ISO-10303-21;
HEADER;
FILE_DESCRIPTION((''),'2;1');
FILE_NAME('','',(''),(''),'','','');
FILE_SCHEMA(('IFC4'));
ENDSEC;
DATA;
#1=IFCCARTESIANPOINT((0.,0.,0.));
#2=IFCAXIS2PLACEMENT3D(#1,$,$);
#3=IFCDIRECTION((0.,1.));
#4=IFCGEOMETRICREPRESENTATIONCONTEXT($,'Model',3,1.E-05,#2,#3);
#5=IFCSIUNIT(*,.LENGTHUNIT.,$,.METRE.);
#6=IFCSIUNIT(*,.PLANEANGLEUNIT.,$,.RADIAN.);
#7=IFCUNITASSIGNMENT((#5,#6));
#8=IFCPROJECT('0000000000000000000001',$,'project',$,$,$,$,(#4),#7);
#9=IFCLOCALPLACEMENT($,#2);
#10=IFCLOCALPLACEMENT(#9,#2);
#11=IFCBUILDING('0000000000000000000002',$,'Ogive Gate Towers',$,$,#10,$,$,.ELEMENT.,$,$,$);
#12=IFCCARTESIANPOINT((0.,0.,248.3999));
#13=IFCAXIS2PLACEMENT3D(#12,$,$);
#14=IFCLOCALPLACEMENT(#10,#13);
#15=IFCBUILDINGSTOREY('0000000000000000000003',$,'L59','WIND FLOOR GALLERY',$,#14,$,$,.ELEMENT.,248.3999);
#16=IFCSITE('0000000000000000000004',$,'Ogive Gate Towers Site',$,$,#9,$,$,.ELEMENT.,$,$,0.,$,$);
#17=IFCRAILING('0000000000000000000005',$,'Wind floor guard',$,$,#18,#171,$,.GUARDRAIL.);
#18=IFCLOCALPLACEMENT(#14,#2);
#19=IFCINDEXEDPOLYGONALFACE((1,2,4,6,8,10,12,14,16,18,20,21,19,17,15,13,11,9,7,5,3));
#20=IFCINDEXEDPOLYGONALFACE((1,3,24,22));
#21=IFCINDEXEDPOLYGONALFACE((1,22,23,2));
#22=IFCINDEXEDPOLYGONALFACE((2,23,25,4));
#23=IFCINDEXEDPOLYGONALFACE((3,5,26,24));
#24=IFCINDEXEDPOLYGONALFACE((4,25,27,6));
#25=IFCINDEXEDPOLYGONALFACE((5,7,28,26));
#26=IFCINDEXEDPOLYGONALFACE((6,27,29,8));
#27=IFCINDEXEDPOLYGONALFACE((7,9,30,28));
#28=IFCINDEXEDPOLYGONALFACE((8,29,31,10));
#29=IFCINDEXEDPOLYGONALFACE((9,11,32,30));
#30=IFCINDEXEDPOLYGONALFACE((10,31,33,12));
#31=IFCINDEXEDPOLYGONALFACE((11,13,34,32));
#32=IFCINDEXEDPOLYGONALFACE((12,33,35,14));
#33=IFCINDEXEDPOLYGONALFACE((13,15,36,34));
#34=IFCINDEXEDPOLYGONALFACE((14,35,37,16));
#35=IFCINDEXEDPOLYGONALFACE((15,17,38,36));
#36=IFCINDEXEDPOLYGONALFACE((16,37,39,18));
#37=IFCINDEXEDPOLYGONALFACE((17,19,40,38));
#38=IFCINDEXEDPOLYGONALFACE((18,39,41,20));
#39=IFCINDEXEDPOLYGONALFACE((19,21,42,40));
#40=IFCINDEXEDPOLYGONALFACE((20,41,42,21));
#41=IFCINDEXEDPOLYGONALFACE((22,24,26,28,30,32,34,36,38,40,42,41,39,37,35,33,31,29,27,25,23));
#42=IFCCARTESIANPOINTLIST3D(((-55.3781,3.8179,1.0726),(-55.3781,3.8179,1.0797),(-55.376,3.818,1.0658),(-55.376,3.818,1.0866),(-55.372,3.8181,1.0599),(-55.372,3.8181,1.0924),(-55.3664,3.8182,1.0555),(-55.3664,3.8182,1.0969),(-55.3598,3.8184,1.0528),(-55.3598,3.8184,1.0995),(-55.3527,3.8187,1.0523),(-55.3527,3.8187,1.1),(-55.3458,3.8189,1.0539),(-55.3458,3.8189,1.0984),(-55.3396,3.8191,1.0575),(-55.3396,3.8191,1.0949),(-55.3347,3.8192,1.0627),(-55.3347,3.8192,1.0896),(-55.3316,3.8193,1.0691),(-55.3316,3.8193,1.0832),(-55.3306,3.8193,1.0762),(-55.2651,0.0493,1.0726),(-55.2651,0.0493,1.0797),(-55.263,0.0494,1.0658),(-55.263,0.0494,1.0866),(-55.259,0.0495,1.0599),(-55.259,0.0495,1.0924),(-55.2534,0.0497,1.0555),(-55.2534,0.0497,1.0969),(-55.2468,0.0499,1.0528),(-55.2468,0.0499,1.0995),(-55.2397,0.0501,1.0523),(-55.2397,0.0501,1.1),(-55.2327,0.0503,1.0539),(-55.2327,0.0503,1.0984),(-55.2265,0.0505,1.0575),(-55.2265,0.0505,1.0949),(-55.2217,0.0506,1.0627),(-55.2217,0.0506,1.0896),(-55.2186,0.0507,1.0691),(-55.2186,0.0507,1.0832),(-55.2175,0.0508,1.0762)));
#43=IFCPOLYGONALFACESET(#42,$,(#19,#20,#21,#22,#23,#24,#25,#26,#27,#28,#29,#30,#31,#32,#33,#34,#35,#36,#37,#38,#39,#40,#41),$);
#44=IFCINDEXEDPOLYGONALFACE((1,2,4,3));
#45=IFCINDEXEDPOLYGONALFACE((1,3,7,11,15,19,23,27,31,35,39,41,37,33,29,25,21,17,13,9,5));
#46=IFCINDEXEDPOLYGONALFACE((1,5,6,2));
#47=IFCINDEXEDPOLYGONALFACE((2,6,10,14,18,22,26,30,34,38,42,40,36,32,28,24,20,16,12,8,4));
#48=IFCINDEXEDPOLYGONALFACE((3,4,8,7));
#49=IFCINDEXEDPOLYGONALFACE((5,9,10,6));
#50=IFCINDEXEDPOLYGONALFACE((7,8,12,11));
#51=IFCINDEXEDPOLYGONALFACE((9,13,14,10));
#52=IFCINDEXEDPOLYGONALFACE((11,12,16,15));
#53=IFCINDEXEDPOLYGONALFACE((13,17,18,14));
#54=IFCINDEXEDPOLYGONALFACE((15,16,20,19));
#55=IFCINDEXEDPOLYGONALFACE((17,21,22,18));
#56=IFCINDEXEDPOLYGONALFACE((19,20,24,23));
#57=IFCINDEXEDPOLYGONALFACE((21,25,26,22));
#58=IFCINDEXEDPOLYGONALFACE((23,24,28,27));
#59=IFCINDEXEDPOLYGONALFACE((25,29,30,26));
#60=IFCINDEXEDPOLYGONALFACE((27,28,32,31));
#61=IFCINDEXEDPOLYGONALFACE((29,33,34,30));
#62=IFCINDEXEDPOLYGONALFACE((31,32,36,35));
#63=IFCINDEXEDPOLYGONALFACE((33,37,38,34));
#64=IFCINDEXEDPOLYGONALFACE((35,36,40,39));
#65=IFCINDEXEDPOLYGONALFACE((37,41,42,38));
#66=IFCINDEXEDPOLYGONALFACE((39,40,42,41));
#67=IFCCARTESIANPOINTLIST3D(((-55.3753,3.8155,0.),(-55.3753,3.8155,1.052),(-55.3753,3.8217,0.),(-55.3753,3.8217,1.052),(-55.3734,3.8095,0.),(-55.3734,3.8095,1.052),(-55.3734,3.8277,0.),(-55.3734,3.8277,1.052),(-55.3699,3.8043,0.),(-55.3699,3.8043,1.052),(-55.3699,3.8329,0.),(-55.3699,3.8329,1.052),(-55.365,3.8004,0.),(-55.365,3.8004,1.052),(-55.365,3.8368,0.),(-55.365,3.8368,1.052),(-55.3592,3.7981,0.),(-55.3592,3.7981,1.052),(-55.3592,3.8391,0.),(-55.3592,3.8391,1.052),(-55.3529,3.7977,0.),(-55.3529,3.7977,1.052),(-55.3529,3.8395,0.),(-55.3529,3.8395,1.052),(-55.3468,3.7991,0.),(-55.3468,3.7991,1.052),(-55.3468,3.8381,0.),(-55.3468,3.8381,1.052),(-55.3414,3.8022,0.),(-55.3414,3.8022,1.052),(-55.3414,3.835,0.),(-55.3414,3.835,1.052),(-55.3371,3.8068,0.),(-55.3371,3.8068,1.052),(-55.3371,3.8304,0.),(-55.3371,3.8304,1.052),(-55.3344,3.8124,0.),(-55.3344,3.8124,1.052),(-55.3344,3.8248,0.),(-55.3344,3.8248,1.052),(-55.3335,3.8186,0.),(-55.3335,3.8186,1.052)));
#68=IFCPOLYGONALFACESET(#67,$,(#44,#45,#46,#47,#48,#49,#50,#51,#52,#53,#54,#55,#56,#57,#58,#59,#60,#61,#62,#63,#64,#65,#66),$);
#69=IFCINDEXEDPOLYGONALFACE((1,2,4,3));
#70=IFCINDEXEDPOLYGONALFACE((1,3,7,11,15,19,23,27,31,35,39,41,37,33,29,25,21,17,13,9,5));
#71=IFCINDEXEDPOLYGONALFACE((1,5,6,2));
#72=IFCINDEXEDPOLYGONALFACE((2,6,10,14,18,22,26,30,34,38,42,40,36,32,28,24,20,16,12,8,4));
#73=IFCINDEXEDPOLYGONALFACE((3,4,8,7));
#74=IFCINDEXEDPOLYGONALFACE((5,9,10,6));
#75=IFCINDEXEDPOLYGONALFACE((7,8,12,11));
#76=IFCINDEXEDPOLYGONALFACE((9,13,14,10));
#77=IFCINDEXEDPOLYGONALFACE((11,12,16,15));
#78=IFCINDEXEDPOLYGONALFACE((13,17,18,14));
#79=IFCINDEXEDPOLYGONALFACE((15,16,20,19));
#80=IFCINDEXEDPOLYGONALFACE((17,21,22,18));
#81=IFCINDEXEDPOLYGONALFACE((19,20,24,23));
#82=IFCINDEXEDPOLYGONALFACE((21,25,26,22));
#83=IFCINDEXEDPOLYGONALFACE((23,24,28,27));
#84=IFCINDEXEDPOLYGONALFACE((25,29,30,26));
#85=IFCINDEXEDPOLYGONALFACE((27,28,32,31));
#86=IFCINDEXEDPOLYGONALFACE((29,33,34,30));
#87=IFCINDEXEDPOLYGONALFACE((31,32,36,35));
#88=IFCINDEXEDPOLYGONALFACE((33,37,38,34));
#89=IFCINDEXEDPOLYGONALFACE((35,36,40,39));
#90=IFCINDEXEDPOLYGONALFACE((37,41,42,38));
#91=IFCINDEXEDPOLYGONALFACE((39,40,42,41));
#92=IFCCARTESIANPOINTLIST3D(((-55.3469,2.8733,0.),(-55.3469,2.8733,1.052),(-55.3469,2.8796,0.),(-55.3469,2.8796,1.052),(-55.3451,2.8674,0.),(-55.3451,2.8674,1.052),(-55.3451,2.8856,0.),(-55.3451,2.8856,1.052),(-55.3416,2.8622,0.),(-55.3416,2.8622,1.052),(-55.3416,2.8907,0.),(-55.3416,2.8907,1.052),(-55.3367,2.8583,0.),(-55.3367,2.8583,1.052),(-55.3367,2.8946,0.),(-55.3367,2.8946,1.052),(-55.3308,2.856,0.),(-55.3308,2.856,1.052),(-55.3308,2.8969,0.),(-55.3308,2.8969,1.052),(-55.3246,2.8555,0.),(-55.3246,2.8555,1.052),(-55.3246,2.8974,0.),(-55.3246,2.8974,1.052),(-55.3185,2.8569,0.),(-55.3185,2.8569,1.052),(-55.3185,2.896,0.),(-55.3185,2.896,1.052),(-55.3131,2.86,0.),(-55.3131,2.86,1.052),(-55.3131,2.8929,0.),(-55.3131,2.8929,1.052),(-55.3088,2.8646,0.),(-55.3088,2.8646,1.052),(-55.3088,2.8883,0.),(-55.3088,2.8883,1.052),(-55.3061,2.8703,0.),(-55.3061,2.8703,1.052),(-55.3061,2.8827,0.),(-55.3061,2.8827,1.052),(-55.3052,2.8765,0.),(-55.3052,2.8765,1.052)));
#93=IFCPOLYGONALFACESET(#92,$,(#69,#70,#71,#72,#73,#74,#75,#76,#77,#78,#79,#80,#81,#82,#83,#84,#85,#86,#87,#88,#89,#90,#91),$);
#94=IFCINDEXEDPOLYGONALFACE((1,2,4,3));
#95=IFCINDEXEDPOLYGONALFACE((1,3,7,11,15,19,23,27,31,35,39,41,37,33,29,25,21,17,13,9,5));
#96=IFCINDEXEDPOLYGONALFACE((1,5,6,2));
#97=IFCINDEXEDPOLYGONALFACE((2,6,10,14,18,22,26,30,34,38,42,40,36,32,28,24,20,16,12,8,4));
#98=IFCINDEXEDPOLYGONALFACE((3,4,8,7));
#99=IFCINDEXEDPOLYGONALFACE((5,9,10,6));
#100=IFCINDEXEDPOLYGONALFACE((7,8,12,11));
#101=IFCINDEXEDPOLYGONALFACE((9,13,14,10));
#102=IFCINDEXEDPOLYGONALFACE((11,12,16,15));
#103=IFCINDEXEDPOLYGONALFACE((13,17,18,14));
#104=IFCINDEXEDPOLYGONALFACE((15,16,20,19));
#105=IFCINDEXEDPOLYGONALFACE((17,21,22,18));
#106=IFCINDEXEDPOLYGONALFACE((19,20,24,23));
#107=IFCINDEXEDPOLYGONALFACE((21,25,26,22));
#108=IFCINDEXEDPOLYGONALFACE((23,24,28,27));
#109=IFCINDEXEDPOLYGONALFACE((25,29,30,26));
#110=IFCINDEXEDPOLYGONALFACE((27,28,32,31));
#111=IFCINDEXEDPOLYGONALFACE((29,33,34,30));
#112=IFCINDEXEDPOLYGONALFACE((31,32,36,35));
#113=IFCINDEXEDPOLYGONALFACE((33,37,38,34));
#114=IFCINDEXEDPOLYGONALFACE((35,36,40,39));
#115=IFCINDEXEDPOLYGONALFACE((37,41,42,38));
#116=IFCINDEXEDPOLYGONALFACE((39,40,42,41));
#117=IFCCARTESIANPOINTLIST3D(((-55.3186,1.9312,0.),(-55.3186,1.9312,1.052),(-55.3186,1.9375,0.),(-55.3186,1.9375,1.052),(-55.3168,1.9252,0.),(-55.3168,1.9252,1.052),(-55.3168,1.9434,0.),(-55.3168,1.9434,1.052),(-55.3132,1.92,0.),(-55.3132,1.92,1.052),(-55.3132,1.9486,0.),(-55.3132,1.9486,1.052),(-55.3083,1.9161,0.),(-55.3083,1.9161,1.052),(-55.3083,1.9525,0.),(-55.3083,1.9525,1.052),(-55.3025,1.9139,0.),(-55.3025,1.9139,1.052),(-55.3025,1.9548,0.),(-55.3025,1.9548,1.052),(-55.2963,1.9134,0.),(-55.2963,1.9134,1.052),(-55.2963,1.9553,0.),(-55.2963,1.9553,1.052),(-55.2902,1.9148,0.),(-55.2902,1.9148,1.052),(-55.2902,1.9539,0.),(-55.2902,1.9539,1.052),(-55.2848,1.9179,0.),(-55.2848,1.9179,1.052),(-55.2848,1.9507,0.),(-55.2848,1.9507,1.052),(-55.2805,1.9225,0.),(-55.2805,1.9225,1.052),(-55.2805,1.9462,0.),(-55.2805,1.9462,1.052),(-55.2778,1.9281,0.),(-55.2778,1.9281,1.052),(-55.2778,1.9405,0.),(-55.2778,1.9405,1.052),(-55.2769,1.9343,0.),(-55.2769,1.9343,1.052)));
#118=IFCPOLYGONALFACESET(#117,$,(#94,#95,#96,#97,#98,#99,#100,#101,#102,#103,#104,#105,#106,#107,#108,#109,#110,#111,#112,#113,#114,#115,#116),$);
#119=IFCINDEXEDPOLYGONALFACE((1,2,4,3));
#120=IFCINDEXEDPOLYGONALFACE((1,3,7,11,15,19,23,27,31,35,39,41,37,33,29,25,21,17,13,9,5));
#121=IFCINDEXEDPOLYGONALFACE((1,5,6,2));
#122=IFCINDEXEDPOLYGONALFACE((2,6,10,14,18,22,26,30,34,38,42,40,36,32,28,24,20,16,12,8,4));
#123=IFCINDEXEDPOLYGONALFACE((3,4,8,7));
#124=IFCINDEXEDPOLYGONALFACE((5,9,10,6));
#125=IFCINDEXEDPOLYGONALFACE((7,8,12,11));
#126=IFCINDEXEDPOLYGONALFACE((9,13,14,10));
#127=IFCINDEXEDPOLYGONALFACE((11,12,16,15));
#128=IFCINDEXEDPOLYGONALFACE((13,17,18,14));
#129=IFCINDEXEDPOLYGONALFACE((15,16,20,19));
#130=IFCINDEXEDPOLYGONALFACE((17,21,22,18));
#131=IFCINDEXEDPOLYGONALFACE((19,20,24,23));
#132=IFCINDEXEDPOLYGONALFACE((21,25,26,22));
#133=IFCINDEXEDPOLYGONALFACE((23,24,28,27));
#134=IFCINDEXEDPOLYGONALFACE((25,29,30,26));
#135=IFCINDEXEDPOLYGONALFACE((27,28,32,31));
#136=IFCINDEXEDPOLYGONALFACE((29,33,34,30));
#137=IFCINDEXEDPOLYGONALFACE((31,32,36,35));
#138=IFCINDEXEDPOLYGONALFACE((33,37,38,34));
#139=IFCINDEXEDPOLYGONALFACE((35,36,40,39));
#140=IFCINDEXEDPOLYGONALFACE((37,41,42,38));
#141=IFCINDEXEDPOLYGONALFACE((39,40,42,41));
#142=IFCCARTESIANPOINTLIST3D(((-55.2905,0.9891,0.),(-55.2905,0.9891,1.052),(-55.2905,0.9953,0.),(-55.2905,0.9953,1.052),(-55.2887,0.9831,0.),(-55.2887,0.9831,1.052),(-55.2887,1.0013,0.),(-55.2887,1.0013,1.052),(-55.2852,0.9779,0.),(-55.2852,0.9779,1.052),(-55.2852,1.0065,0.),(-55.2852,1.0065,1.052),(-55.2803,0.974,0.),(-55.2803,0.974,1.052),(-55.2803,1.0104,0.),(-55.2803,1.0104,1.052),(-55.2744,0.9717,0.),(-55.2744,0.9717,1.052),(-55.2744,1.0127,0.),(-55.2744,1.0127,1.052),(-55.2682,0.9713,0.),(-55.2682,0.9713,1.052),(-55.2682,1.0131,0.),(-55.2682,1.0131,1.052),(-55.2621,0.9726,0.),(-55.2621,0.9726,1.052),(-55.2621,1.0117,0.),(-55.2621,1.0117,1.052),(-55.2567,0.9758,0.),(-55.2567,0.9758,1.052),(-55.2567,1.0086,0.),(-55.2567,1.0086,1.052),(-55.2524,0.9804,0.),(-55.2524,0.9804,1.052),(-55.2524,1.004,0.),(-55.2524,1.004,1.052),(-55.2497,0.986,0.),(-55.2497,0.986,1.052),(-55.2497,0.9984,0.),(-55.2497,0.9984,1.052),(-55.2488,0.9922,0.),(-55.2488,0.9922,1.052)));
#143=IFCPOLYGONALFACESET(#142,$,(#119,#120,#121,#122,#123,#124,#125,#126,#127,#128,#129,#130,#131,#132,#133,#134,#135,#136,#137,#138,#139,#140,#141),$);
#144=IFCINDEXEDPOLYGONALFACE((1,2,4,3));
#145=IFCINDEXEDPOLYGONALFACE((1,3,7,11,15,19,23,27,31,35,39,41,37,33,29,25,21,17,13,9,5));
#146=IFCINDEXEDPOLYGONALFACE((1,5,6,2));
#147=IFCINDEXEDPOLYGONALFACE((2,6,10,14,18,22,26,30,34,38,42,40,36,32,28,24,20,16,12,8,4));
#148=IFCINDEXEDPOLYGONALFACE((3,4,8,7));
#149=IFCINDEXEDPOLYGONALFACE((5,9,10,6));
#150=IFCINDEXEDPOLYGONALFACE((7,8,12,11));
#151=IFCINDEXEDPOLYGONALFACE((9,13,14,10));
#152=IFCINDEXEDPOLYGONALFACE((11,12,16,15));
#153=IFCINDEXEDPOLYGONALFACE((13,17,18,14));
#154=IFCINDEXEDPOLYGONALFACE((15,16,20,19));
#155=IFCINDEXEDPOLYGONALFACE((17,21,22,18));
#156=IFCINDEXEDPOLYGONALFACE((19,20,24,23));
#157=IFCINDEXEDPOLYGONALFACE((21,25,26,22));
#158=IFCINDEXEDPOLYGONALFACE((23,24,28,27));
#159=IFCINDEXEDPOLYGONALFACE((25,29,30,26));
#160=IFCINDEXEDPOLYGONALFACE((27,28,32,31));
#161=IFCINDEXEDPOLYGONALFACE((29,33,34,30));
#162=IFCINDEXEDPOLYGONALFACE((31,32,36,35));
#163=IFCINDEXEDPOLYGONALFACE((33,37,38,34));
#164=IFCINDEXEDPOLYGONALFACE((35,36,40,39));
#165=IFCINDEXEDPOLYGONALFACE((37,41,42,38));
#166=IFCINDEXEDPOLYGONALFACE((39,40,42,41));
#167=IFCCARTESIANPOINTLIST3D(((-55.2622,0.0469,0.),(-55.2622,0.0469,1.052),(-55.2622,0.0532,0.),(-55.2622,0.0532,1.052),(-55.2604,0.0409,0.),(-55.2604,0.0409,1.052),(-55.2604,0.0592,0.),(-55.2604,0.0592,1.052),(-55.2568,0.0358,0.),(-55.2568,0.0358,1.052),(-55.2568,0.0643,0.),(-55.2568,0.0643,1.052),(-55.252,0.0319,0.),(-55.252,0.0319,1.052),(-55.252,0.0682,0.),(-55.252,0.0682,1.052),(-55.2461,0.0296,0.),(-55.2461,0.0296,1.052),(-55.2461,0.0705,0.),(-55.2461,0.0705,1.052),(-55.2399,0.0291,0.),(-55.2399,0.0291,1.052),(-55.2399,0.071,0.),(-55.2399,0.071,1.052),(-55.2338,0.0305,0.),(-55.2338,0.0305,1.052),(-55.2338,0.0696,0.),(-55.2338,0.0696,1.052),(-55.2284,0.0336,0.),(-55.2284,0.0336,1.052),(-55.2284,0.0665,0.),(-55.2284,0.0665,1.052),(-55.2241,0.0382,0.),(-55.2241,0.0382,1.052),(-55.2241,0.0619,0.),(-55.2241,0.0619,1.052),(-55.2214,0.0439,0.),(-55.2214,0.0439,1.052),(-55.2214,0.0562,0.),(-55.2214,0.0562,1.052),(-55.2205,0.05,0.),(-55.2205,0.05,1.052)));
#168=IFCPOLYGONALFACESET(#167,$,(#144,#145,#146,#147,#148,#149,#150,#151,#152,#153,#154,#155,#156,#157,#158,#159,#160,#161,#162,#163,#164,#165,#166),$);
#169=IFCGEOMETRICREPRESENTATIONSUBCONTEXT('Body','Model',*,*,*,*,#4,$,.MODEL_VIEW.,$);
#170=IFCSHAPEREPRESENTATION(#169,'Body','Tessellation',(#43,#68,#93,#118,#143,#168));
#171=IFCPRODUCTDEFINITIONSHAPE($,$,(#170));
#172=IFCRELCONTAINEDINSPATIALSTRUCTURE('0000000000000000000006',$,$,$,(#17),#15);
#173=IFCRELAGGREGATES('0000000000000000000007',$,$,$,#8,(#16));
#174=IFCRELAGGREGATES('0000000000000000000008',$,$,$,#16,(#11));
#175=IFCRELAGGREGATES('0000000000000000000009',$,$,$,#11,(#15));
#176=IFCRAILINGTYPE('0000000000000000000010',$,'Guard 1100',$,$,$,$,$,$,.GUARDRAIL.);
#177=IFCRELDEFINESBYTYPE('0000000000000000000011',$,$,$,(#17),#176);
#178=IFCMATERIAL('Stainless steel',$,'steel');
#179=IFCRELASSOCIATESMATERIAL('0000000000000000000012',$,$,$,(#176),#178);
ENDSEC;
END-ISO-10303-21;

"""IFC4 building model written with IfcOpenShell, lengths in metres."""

from ifc_helpers import new_model, si_unit, direction, frame, origin, origin_2d, place, context, subcontext, project, spatial, circle, extrude, material, type_object, element, save


model = new_model("IFC4")

# Units and contexts
model_context = context("Model", 3, precision=1e-05, world=origin(), true_north=direction((0.0, 1.0)))
body_context = subcontext(model_context, "Body", "Model", "MODEL_VIEW")
ifc_project = project(units=[si_unit("LENGTHUNIT", "METRE"), si_unit("PLANEANGLEUNIT", "RADIAN")], contexts=[model_context])

# Site, building, storey
site_placement = place(None, origin())
site = spatial("IfcSite", under=ifc_project, at=site_placement, Name="Ogive Gate Towers Site", CompositionType="ELEMENT", RefElevation=0.0)
building_placement = place(site_placement, origin())
building = spatial("IfcBuilding", under=site, at=building_placement, Name="Ogive Gate Towers", CompositionType="ELEMENT")
storey_placement = place(building_placement, frame((0.0, 0.0, 248.3999)))
storey = spatial("IfcBuildingStorey", under=building, at=storey_placement, Name="L59", Description="WIND FLOOR GALLERY", CompositionType="ELEMENT", Elevation=248.3999)

# Railing
ifc_material_1 = material(Name="Stainless steel", Category="steel")
railing_type_1 = type_object("IfcRailingType", Name="Guard 1100", PredefinedType="GUARDRAIL", material=ifc_material_1)
railing_1_placement = place(storey_placement, frame((-55.3545, 3.8186, 0.0)))
element("IfcRailing", 1, at=railing_1_placement, inside=storey, type_object=railing_type_1, Name="Wind floor guard", PredefinedType="GUARDRAIL", context=body_context, shape_type="SweptSolid", body=[
    extrude(circle(Radius=0.0239, at=origin_2d()), frame((0.0, 0.0, 1.0762), z_axis=(0.029981, -0.99955, 0.0), x_axis=(0.99955, 0.029981, 0.0)), (0.0, 0.0, 1.0), 3.7703),
    extrude(circle(Radius=0.021, at=origin_2d()), origin(), (0.0, 0.0, 1.0), 1.052),
    extrude(circle(Radius=0.021, at=origin_2d()), frame((0.0283, -0.9421, 0.0)), (0.0, 0.0, 1.0), 1.052),
    extrude(circle(Radius=0.021, at=origin_2d()), frame((0.0566, -1.8843, 0.0)), (0.0, 0.0, 1.0), 1.052),
    extrude(circle(Radius=0.021, at=origin_2d()), frame((0.0847, -2.8264, 0.0)), (0.0, 0.0, 1.0), 1.052),
    extrude(circle(Radius=0.021, at=origin_2d()), frame((0.113, -3.7686, 0.0)), (0.0, 0.0, 1.0), 1.052),
])

save(model, "model.ifc")
